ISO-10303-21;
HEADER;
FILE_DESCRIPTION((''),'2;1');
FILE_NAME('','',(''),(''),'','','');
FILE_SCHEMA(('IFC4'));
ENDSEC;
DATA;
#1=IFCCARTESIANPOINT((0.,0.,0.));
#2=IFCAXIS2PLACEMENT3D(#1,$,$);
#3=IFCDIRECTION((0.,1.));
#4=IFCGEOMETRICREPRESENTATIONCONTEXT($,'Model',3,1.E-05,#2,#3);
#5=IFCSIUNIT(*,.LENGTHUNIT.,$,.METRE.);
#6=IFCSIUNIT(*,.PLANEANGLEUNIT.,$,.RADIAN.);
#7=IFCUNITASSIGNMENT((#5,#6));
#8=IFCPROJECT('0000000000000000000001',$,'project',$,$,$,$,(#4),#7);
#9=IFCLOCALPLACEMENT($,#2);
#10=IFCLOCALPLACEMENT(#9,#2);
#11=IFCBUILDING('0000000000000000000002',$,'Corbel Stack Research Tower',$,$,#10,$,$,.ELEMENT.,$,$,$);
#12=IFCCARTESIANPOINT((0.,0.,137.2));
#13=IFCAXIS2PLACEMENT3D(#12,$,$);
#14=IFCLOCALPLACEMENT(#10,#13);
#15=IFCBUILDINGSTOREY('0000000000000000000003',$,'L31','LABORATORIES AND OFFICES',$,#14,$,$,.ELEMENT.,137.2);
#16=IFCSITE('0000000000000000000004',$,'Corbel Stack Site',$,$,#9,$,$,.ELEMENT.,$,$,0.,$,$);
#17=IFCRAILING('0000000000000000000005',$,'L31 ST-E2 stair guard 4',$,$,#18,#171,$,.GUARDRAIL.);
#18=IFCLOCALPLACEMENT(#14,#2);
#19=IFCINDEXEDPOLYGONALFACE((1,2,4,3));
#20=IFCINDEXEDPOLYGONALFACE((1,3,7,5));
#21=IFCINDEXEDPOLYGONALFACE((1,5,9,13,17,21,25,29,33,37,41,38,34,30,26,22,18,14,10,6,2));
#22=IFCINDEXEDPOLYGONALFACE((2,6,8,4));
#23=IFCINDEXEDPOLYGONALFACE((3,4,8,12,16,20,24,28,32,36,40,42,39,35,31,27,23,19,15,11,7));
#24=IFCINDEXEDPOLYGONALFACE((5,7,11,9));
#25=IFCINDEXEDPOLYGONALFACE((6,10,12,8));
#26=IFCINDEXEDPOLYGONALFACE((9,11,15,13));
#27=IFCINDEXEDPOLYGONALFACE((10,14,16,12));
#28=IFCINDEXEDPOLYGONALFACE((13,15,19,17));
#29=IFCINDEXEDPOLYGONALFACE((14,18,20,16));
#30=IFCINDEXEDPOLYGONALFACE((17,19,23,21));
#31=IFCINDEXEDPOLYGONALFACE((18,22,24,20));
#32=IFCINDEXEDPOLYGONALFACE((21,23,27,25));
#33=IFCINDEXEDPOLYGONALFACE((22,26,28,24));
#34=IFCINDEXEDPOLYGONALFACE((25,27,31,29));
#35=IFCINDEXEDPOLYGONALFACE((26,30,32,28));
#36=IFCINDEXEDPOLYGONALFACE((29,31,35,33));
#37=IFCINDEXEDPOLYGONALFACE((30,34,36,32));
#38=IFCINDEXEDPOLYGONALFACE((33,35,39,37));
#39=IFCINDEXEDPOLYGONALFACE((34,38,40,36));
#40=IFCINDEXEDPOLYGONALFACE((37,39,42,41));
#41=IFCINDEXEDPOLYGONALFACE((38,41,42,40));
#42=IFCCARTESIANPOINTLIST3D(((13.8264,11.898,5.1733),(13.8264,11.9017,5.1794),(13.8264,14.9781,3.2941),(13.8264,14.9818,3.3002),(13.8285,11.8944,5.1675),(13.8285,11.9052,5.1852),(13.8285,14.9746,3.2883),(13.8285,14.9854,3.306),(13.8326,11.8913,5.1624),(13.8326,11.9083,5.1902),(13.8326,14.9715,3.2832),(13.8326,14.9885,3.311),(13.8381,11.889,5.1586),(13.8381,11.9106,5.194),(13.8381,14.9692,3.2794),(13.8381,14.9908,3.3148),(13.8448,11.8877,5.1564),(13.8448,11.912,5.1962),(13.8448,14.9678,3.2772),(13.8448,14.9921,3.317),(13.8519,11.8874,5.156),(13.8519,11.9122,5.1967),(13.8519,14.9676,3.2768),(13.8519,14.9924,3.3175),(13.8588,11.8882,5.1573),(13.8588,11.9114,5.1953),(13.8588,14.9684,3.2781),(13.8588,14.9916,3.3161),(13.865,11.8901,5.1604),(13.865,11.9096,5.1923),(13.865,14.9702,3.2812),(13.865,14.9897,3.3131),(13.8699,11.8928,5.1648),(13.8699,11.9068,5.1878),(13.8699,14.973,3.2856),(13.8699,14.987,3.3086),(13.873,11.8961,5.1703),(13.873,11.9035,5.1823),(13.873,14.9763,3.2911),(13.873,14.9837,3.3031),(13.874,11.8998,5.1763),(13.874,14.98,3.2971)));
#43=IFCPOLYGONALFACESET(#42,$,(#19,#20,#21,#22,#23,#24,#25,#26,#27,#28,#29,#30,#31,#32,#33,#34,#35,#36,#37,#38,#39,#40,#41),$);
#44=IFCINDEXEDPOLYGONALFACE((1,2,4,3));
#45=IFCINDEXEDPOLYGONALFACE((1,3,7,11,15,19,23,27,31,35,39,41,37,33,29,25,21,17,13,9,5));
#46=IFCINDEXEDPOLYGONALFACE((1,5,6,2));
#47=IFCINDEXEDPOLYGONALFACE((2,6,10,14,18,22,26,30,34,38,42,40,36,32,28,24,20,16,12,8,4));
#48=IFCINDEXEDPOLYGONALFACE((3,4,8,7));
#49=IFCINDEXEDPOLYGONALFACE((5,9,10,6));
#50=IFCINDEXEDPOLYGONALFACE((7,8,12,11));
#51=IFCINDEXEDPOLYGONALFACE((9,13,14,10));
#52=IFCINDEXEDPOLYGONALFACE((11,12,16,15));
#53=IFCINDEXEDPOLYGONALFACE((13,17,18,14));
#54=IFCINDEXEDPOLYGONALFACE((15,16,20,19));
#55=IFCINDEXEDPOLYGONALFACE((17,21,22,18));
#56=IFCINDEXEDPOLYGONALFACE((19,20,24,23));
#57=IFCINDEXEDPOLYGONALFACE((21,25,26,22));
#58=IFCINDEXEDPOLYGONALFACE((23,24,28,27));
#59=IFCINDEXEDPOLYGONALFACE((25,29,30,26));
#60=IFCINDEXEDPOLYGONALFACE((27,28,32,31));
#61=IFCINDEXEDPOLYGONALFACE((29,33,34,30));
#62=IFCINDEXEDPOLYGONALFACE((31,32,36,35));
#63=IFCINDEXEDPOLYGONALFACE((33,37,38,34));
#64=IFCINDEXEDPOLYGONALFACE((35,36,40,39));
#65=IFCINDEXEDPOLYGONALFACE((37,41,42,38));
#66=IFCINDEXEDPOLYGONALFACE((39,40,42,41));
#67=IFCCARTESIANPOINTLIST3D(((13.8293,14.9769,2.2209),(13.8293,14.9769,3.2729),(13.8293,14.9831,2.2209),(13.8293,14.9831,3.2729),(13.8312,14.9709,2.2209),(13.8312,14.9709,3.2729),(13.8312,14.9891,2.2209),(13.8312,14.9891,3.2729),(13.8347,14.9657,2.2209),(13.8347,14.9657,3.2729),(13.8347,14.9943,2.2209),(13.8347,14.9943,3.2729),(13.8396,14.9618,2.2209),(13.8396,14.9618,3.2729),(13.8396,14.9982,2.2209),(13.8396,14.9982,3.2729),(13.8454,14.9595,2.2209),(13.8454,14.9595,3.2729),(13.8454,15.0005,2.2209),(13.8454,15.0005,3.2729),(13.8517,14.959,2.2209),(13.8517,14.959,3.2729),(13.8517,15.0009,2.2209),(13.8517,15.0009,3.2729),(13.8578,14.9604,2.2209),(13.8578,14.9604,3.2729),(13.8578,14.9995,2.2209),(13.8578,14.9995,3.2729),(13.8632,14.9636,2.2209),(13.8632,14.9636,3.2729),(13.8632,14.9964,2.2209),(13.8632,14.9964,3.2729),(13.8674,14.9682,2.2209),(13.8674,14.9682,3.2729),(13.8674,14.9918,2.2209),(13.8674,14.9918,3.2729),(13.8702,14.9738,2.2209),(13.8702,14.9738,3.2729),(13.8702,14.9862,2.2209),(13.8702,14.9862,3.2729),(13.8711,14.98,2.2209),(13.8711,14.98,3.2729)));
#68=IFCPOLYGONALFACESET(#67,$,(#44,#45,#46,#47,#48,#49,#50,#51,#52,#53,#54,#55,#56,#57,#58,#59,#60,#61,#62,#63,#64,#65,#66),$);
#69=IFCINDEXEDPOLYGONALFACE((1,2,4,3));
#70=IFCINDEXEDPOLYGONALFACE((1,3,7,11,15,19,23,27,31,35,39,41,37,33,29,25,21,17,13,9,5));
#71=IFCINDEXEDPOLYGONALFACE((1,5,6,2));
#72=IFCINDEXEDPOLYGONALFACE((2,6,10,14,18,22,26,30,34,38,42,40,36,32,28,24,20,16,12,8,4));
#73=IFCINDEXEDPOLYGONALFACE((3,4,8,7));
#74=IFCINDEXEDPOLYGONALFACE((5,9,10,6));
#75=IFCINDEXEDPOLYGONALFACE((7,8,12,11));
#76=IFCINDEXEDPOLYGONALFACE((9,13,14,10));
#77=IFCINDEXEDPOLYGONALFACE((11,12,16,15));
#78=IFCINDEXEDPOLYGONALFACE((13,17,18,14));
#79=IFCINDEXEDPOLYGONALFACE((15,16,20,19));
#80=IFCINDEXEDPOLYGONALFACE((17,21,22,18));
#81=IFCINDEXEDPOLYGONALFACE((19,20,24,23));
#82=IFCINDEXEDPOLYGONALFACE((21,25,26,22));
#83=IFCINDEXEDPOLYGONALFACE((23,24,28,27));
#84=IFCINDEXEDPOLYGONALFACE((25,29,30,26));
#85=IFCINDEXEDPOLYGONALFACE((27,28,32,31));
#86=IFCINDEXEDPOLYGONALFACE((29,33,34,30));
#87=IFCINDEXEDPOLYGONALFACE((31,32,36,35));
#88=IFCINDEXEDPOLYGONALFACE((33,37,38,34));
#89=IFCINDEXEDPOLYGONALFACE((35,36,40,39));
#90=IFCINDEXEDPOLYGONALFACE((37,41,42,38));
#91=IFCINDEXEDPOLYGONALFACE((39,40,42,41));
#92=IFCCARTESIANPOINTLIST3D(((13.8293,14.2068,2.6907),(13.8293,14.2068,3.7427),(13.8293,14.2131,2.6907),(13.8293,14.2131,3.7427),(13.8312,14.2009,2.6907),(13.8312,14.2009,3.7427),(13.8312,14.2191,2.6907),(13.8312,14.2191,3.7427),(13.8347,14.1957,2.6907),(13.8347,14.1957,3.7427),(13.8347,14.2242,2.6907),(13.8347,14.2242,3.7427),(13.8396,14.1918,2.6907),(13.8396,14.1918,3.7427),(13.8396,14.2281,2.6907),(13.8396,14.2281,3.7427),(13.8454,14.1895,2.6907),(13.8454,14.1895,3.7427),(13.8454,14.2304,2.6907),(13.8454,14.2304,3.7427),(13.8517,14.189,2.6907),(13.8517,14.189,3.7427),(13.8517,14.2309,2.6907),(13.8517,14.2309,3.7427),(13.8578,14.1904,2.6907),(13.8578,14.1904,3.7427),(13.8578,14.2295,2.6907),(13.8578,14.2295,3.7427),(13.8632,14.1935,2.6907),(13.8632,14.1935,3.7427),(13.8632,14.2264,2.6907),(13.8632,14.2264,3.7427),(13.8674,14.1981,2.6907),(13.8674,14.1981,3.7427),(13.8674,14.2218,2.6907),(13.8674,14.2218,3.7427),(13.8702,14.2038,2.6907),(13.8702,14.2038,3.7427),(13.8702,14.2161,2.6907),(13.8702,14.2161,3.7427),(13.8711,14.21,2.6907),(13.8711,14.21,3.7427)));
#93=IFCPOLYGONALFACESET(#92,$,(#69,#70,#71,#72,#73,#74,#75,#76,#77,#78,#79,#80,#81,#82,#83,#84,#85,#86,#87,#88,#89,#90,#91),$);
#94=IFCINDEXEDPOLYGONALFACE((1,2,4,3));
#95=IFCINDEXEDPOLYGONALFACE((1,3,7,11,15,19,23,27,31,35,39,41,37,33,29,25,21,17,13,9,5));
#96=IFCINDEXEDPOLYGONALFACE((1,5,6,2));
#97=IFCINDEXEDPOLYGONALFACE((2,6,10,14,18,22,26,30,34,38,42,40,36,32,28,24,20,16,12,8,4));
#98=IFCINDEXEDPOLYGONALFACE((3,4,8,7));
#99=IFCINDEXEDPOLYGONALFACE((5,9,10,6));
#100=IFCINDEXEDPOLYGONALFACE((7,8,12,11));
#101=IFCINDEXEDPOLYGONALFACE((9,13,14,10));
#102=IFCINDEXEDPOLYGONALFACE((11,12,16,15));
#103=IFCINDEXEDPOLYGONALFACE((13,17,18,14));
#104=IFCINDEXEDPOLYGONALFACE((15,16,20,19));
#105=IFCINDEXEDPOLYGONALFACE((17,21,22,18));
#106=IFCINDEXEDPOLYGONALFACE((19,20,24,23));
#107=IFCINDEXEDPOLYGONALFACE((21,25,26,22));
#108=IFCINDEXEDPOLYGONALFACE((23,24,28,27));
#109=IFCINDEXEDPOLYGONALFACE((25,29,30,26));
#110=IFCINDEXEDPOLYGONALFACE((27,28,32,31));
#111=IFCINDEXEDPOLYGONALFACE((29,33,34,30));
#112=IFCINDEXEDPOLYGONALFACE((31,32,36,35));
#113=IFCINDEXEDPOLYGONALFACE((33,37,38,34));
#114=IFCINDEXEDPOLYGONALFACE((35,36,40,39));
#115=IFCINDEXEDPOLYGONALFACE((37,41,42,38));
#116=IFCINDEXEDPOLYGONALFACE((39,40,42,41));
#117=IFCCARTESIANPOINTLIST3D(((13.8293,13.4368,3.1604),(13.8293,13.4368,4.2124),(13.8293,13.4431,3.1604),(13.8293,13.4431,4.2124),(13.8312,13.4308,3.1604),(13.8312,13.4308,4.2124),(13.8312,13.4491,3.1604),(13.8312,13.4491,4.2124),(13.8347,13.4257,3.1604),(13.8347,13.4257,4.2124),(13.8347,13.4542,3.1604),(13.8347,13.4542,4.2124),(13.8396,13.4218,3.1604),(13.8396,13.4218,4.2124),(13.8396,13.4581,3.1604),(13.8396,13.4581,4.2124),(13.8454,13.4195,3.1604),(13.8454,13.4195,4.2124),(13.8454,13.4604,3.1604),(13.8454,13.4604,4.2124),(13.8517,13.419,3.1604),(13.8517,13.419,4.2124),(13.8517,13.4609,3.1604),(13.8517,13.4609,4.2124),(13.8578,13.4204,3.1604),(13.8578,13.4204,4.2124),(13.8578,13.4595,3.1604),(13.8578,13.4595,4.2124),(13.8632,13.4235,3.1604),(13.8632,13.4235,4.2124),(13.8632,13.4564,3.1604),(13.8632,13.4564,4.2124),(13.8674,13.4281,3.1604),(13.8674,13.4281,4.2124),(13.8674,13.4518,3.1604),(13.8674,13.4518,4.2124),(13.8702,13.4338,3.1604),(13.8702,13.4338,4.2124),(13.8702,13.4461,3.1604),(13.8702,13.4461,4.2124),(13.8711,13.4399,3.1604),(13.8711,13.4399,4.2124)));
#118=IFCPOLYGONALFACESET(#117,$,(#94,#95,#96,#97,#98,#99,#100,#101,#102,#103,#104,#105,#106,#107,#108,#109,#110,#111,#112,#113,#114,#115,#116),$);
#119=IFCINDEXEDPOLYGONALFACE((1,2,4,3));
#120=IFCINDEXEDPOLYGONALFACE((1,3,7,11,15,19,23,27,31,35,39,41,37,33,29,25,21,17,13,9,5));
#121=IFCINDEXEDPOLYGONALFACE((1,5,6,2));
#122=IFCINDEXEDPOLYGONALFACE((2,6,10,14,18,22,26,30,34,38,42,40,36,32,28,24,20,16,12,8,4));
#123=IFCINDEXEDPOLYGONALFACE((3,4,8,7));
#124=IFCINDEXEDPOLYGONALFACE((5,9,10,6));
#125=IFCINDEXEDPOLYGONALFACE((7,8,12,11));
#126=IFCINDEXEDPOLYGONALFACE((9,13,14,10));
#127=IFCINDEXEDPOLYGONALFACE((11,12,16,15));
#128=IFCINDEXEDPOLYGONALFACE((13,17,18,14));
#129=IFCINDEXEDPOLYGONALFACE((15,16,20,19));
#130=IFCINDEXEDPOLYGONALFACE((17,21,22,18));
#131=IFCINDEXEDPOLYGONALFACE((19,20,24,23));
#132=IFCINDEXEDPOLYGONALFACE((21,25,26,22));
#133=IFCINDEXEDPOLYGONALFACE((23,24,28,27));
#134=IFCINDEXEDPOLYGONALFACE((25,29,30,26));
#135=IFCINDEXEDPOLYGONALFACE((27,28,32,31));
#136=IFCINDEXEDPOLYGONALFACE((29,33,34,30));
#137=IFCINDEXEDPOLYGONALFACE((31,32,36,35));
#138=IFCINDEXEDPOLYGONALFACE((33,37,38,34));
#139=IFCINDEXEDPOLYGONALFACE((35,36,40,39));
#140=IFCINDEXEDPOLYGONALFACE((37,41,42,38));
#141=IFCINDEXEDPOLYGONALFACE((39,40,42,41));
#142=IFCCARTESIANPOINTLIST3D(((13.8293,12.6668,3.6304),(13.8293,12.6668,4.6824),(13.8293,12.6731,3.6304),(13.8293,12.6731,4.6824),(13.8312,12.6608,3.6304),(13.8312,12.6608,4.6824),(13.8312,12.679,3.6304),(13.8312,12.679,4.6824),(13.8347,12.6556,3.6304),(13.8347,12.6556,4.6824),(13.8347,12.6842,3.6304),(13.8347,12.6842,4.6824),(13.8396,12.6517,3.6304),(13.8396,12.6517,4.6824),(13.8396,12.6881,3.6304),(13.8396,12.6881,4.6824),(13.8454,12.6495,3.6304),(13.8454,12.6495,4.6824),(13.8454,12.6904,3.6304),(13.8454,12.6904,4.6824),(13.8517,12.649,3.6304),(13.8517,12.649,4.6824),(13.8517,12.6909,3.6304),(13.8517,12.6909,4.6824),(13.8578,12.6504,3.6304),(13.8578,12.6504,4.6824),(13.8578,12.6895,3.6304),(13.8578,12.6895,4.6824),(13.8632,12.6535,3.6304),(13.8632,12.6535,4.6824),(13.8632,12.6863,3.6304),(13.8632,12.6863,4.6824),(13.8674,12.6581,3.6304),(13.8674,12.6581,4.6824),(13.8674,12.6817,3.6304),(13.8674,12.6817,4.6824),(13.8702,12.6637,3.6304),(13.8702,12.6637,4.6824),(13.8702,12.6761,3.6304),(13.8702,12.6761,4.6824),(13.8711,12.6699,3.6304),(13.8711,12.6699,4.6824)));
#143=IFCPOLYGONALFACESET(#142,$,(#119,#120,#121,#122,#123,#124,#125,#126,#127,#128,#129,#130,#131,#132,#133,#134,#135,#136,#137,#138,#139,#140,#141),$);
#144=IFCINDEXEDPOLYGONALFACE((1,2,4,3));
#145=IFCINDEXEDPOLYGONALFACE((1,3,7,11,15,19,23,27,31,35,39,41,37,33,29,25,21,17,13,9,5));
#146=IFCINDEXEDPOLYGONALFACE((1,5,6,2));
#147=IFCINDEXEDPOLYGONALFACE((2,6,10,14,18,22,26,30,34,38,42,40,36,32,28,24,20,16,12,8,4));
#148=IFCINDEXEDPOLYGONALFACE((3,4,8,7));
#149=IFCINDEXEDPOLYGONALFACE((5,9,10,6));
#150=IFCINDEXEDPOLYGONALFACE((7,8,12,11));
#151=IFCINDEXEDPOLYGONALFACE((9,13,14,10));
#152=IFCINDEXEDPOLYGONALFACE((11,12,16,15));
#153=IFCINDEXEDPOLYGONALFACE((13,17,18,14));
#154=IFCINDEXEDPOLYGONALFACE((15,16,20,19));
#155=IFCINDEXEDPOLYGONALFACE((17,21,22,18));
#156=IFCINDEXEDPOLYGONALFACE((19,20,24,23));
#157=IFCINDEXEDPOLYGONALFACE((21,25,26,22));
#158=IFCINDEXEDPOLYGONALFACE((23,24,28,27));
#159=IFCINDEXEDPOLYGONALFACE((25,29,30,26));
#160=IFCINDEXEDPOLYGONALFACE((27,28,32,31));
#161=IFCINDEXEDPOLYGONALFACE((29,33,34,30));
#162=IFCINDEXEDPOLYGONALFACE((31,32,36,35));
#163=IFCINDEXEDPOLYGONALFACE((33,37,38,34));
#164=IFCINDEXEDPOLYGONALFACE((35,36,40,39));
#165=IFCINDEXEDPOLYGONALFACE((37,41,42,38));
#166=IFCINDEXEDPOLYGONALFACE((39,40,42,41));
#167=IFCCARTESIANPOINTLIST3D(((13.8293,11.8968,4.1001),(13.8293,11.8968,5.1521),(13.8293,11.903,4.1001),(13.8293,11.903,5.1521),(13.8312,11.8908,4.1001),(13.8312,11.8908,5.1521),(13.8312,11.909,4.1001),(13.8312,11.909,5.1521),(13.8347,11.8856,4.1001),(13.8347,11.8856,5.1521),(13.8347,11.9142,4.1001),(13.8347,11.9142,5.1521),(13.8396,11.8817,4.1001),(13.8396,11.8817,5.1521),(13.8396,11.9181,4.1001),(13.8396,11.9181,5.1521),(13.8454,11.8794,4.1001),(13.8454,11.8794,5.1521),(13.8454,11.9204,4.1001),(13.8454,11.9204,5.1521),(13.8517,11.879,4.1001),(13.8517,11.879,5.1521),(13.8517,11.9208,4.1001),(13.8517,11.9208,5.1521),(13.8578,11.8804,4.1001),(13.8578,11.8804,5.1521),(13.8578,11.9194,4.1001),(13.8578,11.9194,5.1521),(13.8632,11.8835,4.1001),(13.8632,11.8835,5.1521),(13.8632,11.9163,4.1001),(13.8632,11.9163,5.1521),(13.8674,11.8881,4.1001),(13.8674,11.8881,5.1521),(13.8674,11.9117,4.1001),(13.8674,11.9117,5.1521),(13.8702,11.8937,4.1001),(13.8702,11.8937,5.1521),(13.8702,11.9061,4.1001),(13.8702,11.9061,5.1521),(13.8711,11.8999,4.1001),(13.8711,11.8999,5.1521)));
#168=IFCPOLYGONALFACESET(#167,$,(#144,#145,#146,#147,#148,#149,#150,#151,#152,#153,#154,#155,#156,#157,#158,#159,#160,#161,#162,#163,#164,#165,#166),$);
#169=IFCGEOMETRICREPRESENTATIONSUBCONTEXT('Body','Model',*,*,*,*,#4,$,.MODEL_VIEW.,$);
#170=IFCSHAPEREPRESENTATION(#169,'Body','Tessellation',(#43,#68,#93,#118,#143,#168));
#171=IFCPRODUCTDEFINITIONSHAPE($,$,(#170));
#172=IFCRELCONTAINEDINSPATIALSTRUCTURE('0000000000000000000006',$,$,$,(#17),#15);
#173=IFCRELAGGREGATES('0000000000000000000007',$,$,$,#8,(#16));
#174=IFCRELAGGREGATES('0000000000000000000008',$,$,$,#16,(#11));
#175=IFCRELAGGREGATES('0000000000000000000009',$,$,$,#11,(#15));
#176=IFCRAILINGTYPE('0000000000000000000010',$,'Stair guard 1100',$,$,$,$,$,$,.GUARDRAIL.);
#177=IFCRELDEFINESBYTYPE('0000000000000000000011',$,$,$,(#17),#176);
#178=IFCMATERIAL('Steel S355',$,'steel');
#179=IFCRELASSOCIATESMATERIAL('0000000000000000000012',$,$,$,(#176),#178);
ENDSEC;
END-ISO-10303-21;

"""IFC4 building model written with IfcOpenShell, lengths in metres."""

from ifc_helpers import new_model, si_unit, direction, frame, origin, origin_2d, place, context, subcontext, project, spatial, circle, extrude, material, type_object, element, save


model = new_model("IFC4")

# Units and contexts
model_context = context("Model", 3, precision=1e-05, world=origin(), true_north=direction((0.0, 1.0)))
body_context = subcontext(model_context, "Body", "Model", "MODEL_VIEW")
ifc_project = project(units=[si_unit("LENGTHUNIT", "METRE"), si_unit("PLANEANGLEUNIT", "RADIAN")], contexts=[model_context])

# Site, building, storey
site_placement = place(None, origin())
site = spatial("IfcSite", under=ifc_project, at=site_placement, Name="Corbel Stack Site", CompositionType="ELEMENT", RefElevation=0.0)
building_placement = place(site_placement, origin())
building = spatial("IfcBuilding", under=site, at=building_placement, Name="Corbel Stack Research Tower", CompositionType="ELEMENT")
storey_placement = place(building_placement, frame((0.0, 0.0, 137.2)))
storey = spatial("IfcBuildingStorey", under=building, at=storey_placement, Name="L31", Description="LABORATORIES AND OFFICES", CompositionType="ELEMENT", Elevation=137.2)

# Railing
ifc_material_1 = material(Name="Steel S355", Category="steel")
railing_type_1 = type_object("IfcRailingType", Name="Stair guard 1100", PredefinedType="GUARDRAIL", material=ifc_material_1)
railing_1_placement = place(storey_placement, frame((13.8501, 14.98, 2.2209)))
element("IfcRailing", 1, at=railing_1_placement, inside=storey, type_object=railing_type_1, Name="L31 ST-E2 stair guard 4", PredefinedType="GUARDRAIL", context=body_context, shape_type="SweptSolid", body=[
    extrude(circle(Radius=0.0239, at=origin_2d()), frame((0.0, 0.0, 1.0762), z_axis=(0.0, -0.853666, 0.52082), x_axis=(1.0, 0.0, 0.0)), (0.0, 0.0, 1.0), 3.6082),
    extrude(circle(Radius=0.021, at=origin_2d()), origin(), (0.0, 0.0, 1.0), 1.052),
    extrude(circle(Radius=0.021, at=origin_2d()), frame((0.0, -0.77, 0.4697)), (0.0, 0.0, 1.0), 1.052),
    extrude(circle(Radius=0.021, at=origin_2d()), frame((0.0, -1.54, 0.9395)), (0.0, 0.0, 1.0), 1.052),
    extrude(circle(Radius=0.021, at=origin_2d()), frame((0.0, -2.3101, 1.4094)), (0.0, 0.0, 1.0), 1.052),
    extrude(circle(Radius=0.021, at=origin_2d()), frame((0.0, -3.0801, 1.8792)), (0.0, 0.0, 1.0), 1.052),
])

save(model, "model.ifc")
